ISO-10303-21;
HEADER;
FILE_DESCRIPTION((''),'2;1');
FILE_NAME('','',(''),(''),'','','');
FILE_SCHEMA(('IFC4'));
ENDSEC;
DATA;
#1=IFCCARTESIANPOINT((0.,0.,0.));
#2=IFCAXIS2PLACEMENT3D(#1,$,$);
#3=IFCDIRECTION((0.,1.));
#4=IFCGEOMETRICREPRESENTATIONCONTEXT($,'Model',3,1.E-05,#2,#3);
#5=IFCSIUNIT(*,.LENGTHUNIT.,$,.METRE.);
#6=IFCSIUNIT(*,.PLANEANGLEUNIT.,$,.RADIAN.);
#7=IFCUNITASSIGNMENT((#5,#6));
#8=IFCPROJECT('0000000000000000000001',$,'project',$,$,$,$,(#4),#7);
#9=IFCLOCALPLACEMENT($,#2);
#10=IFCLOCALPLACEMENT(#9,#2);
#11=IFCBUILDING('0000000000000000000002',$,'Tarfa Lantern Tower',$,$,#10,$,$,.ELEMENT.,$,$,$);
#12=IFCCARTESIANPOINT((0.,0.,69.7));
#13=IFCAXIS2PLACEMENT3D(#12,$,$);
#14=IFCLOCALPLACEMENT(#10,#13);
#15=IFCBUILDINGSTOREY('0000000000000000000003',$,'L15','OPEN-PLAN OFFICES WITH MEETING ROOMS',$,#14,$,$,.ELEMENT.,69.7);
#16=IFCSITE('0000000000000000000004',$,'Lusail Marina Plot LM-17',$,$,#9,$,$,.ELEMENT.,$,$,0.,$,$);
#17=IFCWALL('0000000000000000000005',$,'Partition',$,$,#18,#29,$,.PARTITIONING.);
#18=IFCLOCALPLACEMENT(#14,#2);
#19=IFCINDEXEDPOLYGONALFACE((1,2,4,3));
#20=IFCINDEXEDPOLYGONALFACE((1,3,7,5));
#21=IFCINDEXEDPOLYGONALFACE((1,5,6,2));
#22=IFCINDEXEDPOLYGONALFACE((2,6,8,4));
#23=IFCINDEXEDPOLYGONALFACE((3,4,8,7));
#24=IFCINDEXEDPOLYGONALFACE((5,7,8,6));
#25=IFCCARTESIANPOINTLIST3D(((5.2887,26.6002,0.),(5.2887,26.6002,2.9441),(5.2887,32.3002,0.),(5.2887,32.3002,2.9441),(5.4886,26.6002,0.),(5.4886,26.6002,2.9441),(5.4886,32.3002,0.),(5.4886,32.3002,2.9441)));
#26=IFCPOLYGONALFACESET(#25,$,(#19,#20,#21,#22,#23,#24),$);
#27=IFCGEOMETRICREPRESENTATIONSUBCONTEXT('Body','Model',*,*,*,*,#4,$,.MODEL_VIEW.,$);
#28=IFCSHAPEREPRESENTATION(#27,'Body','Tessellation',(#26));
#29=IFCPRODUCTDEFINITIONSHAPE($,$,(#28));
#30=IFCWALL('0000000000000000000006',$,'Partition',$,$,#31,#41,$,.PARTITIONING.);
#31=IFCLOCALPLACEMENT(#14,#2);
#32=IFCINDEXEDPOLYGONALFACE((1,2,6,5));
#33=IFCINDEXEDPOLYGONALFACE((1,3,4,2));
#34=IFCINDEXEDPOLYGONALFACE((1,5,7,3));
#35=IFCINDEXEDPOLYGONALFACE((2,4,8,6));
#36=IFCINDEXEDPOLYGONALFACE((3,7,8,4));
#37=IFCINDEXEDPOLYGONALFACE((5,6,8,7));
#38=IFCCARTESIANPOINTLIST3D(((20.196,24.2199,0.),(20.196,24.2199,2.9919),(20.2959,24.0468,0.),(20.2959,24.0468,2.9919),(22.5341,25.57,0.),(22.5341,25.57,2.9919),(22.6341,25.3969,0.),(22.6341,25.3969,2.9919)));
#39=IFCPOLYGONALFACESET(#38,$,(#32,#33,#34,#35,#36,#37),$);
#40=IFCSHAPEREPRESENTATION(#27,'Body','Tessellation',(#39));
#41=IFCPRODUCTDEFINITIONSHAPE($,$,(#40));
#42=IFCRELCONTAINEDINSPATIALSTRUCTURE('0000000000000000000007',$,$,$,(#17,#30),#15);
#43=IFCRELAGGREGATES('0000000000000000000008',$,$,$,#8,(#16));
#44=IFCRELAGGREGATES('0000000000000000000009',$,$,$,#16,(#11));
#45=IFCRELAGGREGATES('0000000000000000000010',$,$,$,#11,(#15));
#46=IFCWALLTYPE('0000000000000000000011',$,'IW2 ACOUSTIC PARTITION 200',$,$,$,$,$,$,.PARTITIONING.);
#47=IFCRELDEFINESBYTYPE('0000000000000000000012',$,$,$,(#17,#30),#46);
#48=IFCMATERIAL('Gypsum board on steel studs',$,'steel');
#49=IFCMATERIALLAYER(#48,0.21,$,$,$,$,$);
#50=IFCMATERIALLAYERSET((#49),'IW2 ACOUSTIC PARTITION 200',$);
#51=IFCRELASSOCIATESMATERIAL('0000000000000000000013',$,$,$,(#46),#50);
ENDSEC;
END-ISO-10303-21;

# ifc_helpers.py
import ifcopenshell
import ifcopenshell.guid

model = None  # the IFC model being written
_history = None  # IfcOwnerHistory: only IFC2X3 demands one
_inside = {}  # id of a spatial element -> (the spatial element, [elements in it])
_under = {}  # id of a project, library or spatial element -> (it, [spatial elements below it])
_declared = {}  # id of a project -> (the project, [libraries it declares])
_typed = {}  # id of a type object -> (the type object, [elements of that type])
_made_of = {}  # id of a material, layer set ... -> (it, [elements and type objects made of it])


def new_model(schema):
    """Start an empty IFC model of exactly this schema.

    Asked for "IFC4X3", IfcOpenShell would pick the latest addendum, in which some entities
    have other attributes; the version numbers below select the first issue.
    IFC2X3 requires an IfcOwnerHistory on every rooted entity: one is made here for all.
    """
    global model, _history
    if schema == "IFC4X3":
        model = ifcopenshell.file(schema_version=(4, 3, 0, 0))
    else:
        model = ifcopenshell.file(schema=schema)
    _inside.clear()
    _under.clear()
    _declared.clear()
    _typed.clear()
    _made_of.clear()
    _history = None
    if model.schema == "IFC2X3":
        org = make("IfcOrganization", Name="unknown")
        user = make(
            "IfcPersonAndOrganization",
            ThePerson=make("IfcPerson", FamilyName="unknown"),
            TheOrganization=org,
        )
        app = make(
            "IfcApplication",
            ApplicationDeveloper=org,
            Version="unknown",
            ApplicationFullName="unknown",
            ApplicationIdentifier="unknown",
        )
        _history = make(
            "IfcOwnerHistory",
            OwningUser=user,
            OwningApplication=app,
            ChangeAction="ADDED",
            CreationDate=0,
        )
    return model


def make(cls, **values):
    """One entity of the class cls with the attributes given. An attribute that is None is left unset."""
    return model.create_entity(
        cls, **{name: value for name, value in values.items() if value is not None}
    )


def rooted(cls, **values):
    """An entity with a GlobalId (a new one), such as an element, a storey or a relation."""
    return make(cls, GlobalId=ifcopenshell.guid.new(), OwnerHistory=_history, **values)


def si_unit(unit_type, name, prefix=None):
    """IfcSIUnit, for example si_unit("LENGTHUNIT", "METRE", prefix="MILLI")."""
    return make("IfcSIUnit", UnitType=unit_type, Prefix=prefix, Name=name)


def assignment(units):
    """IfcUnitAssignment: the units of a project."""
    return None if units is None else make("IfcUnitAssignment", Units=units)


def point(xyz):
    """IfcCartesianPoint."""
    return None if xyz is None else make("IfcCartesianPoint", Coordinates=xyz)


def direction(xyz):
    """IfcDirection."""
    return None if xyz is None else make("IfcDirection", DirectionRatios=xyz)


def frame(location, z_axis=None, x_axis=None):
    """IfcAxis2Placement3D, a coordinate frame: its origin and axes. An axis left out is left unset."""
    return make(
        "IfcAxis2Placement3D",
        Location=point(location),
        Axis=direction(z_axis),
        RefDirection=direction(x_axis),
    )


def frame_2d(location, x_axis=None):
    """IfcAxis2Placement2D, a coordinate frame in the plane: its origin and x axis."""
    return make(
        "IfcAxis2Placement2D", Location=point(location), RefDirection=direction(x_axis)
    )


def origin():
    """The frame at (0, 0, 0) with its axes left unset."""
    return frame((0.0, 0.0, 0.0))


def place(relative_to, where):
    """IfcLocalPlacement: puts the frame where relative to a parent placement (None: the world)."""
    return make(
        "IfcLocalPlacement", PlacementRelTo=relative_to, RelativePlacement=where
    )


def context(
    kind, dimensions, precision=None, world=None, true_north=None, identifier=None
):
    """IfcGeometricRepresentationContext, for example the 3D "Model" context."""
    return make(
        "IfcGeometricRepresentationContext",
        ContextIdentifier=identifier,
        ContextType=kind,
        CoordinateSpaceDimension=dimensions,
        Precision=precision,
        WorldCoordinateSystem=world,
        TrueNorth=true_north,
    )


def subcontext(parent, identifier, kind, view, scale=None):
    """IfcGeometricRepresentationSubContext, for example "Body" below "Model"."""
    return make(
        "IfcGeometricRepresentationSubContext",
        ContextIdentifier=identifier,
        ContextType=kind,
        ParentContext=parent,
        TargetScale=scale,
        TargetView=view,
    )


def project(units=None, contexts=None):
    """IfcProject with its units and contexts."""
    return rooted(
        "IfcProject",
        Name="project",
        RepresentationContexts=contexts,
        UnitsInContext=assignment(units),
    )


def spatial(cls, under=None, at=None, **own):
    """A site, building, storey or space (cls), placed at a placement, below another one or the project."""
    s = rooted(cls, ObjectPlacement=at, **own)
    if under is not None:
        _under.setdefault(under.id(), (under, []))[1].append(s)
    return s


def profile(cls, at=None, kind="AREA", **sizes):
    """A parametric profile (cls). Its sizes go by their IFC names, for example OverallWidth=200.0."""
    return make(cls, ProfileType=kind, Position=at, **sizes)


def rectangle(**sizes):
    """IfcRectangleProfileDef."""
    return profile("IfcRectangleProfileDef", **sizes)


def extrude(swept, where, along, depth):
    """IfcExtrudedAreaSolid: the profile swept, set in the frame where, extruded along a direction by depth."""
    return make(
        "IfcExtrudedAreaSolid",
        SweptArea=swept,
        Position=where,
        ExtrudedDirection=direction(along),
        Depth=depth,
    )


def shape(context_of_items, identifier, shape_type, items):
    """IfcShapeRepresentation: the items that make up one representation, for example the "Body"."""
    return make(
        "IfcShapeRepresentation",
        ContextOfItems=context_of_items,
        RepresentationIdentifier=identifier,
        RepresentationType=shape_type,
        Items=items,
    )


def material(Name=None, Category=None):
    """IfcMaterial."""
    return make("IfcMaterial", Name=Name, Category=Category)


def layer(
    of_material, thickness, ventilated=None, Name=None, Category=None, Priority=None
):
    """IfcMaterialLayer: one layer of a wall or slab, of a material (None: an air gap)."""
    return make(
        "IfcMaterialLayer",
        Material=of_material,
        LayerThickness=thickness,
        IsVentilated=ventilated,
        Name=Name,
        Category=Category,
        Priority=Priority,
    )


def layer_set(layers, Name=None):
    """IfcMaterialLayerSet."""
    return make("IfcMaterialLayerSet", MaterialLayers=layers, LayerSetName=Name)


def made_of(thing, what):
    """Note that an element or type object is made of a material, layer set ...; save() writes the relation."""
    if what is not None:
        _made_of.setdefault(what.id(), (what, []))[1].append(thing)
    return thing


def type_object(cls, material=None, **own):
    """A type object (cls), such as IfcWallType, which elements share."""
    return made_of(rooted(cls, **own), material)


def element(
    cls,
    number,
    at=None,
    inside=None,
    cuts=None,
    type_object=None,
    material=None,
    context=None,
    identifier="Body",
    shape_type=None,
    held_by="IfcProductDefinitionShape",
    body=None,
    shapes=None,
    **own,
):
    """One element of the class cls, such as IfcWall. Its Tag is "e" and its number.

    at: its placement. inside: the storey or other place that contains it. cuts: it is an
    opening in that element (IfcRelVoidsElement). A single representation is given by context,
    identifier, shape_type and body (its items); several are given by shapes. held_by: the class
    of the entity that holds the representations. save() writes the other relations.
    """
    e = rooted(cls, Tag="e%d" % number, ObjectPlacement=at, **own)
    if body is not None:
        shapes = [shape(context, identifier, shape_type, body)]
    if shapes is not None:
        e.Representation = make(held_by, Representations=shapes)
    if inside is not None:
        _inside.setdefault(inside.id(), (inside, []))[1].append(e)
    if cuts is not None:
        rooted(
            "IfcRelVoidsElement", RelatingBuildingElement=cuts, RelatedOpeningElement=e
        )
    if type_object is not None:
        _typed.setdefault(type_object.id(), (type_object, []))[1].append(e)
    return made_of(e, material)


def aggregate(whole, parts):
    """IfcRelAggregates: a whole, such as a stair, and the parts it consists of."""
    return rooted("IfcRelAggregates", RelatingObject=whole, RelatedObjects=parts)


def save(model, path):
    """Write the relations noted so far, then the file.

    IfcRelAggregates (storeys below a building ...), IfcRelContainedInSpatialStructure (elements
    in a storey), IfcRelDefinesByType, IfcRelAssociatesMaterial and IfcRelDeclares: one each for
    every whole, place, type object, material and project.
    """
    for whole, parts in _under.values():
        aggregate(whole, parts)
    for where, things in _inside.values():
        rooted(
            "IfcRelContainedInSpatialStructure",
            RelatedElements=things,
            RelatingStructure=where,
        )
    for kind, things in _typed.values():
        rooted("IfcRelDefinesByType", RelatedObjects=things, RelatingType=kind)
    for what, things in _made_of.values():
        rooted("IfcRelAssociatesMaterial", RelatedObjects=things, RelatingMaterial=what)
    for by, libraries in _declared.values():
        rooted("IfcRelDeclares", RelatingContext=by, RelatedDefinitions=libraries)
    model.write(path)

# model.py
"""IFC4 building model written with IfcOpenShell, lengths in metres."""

from ifc_helpers import new_model, si_unit, direction, frame, frame_2d, origin, place, context, subcontext, project, spatial, rectangle, extrude, material, layer, layer_set, type_object, element, save


model = new_model("IFC4")

# Units and contexts
model_context = context("Model", 3, precision=1e-05, world=origin(), true_north=direction((0.0, 1.0)))
body_context = subcontext(model_context, "Body", "Model", "MODEL_VIEW")
ifc_project = project(units=[si_unit("LENGTHUNIT", "METRE"), si_unit("PLANEANGLEUNIT", "RADIAN")], contexts=[model_context])

# Site, building, storey
site_placement = place(None, origin())
site = spatial("IfcSite", under=ifc_project, at=site_placement, Name="Lusail Marina Plot LM-17", CompositionType="ELEMENT", RefElevation=0.0)
building_placement = place(site_placement, origin())
building = spatial("IfcBuilding", under=site, at=building_placement, Name="Tarfa Lantern Tower", CompositionType="ELEMENT")
storey_placement = place(building_placement, frame((0.0, 0.0, 69.7)))
storey = spatial("IfcBuildingStorey", under=building, at=storey_placement, Name="L15", Description="OPEN-PLAN OFFICES WITH MEETING ROOMS", CompositionType="ELEMENT", Elevation=69.7)

# Shared definitions
ifc_material_1 = material(Name="Gypsum board on steel studs", Category="steel")
ifc_layer_1 = layer(ifc_material_1, 0.21)
ifc_layer_set_1 = layer_set([ifc_layer_1], Name="IW2 ACOUSTIC PARTITION 200")
wall_type_1 = type_object("IfcWallType", Name="IW2 ACOUSTIC PARTITION 200", PredefinedType="PARTITIONING", material=ifc_layer_set_1)

# Walls
wall_1_placement = place(storey_placement, frame((5.3887, 26.6001, 0.0), z_axis=(0.0, 0.0, 1.0), x_axis=(0.0, 1.0, 0.0)))
element("IfcWall", 1, at=wall_1_placement, inside=storey, type_object=wall_type_1, Name="Partition", PredefinedType="PARTITIONING", context=body_context, shape_type="SweptSolid", body=[
    extrude(rectangle(XDim=5.7, YDim=0.2, at=frame_2d((2.8501, 0.0))), origin(), (0.0, 0.0, 1.0), 2.9441),
])
wall_2_placement = place(storey_placement, frame((20.2458, 24.1333, 0.0), z_axis=(0.0, 0.0, 1.0), x_axis=(0.865997, 0.500049, 0.0)))
element("IfcWall", 2, at=wall_2_placement, inside=storey, type_object=wall_type_1, Name="Partition", PredefinedType="PARTITIONING", context=body_context, shape_type="SweptSolid", body=[
    extrude(rectangle(XDim=2.7, YDim=0.2, at=frame_2d((1.3501, 0.0))), origin(), (0.0, 0.0, 1.0), 2.9919),
])

save(model, "model.ifc")
